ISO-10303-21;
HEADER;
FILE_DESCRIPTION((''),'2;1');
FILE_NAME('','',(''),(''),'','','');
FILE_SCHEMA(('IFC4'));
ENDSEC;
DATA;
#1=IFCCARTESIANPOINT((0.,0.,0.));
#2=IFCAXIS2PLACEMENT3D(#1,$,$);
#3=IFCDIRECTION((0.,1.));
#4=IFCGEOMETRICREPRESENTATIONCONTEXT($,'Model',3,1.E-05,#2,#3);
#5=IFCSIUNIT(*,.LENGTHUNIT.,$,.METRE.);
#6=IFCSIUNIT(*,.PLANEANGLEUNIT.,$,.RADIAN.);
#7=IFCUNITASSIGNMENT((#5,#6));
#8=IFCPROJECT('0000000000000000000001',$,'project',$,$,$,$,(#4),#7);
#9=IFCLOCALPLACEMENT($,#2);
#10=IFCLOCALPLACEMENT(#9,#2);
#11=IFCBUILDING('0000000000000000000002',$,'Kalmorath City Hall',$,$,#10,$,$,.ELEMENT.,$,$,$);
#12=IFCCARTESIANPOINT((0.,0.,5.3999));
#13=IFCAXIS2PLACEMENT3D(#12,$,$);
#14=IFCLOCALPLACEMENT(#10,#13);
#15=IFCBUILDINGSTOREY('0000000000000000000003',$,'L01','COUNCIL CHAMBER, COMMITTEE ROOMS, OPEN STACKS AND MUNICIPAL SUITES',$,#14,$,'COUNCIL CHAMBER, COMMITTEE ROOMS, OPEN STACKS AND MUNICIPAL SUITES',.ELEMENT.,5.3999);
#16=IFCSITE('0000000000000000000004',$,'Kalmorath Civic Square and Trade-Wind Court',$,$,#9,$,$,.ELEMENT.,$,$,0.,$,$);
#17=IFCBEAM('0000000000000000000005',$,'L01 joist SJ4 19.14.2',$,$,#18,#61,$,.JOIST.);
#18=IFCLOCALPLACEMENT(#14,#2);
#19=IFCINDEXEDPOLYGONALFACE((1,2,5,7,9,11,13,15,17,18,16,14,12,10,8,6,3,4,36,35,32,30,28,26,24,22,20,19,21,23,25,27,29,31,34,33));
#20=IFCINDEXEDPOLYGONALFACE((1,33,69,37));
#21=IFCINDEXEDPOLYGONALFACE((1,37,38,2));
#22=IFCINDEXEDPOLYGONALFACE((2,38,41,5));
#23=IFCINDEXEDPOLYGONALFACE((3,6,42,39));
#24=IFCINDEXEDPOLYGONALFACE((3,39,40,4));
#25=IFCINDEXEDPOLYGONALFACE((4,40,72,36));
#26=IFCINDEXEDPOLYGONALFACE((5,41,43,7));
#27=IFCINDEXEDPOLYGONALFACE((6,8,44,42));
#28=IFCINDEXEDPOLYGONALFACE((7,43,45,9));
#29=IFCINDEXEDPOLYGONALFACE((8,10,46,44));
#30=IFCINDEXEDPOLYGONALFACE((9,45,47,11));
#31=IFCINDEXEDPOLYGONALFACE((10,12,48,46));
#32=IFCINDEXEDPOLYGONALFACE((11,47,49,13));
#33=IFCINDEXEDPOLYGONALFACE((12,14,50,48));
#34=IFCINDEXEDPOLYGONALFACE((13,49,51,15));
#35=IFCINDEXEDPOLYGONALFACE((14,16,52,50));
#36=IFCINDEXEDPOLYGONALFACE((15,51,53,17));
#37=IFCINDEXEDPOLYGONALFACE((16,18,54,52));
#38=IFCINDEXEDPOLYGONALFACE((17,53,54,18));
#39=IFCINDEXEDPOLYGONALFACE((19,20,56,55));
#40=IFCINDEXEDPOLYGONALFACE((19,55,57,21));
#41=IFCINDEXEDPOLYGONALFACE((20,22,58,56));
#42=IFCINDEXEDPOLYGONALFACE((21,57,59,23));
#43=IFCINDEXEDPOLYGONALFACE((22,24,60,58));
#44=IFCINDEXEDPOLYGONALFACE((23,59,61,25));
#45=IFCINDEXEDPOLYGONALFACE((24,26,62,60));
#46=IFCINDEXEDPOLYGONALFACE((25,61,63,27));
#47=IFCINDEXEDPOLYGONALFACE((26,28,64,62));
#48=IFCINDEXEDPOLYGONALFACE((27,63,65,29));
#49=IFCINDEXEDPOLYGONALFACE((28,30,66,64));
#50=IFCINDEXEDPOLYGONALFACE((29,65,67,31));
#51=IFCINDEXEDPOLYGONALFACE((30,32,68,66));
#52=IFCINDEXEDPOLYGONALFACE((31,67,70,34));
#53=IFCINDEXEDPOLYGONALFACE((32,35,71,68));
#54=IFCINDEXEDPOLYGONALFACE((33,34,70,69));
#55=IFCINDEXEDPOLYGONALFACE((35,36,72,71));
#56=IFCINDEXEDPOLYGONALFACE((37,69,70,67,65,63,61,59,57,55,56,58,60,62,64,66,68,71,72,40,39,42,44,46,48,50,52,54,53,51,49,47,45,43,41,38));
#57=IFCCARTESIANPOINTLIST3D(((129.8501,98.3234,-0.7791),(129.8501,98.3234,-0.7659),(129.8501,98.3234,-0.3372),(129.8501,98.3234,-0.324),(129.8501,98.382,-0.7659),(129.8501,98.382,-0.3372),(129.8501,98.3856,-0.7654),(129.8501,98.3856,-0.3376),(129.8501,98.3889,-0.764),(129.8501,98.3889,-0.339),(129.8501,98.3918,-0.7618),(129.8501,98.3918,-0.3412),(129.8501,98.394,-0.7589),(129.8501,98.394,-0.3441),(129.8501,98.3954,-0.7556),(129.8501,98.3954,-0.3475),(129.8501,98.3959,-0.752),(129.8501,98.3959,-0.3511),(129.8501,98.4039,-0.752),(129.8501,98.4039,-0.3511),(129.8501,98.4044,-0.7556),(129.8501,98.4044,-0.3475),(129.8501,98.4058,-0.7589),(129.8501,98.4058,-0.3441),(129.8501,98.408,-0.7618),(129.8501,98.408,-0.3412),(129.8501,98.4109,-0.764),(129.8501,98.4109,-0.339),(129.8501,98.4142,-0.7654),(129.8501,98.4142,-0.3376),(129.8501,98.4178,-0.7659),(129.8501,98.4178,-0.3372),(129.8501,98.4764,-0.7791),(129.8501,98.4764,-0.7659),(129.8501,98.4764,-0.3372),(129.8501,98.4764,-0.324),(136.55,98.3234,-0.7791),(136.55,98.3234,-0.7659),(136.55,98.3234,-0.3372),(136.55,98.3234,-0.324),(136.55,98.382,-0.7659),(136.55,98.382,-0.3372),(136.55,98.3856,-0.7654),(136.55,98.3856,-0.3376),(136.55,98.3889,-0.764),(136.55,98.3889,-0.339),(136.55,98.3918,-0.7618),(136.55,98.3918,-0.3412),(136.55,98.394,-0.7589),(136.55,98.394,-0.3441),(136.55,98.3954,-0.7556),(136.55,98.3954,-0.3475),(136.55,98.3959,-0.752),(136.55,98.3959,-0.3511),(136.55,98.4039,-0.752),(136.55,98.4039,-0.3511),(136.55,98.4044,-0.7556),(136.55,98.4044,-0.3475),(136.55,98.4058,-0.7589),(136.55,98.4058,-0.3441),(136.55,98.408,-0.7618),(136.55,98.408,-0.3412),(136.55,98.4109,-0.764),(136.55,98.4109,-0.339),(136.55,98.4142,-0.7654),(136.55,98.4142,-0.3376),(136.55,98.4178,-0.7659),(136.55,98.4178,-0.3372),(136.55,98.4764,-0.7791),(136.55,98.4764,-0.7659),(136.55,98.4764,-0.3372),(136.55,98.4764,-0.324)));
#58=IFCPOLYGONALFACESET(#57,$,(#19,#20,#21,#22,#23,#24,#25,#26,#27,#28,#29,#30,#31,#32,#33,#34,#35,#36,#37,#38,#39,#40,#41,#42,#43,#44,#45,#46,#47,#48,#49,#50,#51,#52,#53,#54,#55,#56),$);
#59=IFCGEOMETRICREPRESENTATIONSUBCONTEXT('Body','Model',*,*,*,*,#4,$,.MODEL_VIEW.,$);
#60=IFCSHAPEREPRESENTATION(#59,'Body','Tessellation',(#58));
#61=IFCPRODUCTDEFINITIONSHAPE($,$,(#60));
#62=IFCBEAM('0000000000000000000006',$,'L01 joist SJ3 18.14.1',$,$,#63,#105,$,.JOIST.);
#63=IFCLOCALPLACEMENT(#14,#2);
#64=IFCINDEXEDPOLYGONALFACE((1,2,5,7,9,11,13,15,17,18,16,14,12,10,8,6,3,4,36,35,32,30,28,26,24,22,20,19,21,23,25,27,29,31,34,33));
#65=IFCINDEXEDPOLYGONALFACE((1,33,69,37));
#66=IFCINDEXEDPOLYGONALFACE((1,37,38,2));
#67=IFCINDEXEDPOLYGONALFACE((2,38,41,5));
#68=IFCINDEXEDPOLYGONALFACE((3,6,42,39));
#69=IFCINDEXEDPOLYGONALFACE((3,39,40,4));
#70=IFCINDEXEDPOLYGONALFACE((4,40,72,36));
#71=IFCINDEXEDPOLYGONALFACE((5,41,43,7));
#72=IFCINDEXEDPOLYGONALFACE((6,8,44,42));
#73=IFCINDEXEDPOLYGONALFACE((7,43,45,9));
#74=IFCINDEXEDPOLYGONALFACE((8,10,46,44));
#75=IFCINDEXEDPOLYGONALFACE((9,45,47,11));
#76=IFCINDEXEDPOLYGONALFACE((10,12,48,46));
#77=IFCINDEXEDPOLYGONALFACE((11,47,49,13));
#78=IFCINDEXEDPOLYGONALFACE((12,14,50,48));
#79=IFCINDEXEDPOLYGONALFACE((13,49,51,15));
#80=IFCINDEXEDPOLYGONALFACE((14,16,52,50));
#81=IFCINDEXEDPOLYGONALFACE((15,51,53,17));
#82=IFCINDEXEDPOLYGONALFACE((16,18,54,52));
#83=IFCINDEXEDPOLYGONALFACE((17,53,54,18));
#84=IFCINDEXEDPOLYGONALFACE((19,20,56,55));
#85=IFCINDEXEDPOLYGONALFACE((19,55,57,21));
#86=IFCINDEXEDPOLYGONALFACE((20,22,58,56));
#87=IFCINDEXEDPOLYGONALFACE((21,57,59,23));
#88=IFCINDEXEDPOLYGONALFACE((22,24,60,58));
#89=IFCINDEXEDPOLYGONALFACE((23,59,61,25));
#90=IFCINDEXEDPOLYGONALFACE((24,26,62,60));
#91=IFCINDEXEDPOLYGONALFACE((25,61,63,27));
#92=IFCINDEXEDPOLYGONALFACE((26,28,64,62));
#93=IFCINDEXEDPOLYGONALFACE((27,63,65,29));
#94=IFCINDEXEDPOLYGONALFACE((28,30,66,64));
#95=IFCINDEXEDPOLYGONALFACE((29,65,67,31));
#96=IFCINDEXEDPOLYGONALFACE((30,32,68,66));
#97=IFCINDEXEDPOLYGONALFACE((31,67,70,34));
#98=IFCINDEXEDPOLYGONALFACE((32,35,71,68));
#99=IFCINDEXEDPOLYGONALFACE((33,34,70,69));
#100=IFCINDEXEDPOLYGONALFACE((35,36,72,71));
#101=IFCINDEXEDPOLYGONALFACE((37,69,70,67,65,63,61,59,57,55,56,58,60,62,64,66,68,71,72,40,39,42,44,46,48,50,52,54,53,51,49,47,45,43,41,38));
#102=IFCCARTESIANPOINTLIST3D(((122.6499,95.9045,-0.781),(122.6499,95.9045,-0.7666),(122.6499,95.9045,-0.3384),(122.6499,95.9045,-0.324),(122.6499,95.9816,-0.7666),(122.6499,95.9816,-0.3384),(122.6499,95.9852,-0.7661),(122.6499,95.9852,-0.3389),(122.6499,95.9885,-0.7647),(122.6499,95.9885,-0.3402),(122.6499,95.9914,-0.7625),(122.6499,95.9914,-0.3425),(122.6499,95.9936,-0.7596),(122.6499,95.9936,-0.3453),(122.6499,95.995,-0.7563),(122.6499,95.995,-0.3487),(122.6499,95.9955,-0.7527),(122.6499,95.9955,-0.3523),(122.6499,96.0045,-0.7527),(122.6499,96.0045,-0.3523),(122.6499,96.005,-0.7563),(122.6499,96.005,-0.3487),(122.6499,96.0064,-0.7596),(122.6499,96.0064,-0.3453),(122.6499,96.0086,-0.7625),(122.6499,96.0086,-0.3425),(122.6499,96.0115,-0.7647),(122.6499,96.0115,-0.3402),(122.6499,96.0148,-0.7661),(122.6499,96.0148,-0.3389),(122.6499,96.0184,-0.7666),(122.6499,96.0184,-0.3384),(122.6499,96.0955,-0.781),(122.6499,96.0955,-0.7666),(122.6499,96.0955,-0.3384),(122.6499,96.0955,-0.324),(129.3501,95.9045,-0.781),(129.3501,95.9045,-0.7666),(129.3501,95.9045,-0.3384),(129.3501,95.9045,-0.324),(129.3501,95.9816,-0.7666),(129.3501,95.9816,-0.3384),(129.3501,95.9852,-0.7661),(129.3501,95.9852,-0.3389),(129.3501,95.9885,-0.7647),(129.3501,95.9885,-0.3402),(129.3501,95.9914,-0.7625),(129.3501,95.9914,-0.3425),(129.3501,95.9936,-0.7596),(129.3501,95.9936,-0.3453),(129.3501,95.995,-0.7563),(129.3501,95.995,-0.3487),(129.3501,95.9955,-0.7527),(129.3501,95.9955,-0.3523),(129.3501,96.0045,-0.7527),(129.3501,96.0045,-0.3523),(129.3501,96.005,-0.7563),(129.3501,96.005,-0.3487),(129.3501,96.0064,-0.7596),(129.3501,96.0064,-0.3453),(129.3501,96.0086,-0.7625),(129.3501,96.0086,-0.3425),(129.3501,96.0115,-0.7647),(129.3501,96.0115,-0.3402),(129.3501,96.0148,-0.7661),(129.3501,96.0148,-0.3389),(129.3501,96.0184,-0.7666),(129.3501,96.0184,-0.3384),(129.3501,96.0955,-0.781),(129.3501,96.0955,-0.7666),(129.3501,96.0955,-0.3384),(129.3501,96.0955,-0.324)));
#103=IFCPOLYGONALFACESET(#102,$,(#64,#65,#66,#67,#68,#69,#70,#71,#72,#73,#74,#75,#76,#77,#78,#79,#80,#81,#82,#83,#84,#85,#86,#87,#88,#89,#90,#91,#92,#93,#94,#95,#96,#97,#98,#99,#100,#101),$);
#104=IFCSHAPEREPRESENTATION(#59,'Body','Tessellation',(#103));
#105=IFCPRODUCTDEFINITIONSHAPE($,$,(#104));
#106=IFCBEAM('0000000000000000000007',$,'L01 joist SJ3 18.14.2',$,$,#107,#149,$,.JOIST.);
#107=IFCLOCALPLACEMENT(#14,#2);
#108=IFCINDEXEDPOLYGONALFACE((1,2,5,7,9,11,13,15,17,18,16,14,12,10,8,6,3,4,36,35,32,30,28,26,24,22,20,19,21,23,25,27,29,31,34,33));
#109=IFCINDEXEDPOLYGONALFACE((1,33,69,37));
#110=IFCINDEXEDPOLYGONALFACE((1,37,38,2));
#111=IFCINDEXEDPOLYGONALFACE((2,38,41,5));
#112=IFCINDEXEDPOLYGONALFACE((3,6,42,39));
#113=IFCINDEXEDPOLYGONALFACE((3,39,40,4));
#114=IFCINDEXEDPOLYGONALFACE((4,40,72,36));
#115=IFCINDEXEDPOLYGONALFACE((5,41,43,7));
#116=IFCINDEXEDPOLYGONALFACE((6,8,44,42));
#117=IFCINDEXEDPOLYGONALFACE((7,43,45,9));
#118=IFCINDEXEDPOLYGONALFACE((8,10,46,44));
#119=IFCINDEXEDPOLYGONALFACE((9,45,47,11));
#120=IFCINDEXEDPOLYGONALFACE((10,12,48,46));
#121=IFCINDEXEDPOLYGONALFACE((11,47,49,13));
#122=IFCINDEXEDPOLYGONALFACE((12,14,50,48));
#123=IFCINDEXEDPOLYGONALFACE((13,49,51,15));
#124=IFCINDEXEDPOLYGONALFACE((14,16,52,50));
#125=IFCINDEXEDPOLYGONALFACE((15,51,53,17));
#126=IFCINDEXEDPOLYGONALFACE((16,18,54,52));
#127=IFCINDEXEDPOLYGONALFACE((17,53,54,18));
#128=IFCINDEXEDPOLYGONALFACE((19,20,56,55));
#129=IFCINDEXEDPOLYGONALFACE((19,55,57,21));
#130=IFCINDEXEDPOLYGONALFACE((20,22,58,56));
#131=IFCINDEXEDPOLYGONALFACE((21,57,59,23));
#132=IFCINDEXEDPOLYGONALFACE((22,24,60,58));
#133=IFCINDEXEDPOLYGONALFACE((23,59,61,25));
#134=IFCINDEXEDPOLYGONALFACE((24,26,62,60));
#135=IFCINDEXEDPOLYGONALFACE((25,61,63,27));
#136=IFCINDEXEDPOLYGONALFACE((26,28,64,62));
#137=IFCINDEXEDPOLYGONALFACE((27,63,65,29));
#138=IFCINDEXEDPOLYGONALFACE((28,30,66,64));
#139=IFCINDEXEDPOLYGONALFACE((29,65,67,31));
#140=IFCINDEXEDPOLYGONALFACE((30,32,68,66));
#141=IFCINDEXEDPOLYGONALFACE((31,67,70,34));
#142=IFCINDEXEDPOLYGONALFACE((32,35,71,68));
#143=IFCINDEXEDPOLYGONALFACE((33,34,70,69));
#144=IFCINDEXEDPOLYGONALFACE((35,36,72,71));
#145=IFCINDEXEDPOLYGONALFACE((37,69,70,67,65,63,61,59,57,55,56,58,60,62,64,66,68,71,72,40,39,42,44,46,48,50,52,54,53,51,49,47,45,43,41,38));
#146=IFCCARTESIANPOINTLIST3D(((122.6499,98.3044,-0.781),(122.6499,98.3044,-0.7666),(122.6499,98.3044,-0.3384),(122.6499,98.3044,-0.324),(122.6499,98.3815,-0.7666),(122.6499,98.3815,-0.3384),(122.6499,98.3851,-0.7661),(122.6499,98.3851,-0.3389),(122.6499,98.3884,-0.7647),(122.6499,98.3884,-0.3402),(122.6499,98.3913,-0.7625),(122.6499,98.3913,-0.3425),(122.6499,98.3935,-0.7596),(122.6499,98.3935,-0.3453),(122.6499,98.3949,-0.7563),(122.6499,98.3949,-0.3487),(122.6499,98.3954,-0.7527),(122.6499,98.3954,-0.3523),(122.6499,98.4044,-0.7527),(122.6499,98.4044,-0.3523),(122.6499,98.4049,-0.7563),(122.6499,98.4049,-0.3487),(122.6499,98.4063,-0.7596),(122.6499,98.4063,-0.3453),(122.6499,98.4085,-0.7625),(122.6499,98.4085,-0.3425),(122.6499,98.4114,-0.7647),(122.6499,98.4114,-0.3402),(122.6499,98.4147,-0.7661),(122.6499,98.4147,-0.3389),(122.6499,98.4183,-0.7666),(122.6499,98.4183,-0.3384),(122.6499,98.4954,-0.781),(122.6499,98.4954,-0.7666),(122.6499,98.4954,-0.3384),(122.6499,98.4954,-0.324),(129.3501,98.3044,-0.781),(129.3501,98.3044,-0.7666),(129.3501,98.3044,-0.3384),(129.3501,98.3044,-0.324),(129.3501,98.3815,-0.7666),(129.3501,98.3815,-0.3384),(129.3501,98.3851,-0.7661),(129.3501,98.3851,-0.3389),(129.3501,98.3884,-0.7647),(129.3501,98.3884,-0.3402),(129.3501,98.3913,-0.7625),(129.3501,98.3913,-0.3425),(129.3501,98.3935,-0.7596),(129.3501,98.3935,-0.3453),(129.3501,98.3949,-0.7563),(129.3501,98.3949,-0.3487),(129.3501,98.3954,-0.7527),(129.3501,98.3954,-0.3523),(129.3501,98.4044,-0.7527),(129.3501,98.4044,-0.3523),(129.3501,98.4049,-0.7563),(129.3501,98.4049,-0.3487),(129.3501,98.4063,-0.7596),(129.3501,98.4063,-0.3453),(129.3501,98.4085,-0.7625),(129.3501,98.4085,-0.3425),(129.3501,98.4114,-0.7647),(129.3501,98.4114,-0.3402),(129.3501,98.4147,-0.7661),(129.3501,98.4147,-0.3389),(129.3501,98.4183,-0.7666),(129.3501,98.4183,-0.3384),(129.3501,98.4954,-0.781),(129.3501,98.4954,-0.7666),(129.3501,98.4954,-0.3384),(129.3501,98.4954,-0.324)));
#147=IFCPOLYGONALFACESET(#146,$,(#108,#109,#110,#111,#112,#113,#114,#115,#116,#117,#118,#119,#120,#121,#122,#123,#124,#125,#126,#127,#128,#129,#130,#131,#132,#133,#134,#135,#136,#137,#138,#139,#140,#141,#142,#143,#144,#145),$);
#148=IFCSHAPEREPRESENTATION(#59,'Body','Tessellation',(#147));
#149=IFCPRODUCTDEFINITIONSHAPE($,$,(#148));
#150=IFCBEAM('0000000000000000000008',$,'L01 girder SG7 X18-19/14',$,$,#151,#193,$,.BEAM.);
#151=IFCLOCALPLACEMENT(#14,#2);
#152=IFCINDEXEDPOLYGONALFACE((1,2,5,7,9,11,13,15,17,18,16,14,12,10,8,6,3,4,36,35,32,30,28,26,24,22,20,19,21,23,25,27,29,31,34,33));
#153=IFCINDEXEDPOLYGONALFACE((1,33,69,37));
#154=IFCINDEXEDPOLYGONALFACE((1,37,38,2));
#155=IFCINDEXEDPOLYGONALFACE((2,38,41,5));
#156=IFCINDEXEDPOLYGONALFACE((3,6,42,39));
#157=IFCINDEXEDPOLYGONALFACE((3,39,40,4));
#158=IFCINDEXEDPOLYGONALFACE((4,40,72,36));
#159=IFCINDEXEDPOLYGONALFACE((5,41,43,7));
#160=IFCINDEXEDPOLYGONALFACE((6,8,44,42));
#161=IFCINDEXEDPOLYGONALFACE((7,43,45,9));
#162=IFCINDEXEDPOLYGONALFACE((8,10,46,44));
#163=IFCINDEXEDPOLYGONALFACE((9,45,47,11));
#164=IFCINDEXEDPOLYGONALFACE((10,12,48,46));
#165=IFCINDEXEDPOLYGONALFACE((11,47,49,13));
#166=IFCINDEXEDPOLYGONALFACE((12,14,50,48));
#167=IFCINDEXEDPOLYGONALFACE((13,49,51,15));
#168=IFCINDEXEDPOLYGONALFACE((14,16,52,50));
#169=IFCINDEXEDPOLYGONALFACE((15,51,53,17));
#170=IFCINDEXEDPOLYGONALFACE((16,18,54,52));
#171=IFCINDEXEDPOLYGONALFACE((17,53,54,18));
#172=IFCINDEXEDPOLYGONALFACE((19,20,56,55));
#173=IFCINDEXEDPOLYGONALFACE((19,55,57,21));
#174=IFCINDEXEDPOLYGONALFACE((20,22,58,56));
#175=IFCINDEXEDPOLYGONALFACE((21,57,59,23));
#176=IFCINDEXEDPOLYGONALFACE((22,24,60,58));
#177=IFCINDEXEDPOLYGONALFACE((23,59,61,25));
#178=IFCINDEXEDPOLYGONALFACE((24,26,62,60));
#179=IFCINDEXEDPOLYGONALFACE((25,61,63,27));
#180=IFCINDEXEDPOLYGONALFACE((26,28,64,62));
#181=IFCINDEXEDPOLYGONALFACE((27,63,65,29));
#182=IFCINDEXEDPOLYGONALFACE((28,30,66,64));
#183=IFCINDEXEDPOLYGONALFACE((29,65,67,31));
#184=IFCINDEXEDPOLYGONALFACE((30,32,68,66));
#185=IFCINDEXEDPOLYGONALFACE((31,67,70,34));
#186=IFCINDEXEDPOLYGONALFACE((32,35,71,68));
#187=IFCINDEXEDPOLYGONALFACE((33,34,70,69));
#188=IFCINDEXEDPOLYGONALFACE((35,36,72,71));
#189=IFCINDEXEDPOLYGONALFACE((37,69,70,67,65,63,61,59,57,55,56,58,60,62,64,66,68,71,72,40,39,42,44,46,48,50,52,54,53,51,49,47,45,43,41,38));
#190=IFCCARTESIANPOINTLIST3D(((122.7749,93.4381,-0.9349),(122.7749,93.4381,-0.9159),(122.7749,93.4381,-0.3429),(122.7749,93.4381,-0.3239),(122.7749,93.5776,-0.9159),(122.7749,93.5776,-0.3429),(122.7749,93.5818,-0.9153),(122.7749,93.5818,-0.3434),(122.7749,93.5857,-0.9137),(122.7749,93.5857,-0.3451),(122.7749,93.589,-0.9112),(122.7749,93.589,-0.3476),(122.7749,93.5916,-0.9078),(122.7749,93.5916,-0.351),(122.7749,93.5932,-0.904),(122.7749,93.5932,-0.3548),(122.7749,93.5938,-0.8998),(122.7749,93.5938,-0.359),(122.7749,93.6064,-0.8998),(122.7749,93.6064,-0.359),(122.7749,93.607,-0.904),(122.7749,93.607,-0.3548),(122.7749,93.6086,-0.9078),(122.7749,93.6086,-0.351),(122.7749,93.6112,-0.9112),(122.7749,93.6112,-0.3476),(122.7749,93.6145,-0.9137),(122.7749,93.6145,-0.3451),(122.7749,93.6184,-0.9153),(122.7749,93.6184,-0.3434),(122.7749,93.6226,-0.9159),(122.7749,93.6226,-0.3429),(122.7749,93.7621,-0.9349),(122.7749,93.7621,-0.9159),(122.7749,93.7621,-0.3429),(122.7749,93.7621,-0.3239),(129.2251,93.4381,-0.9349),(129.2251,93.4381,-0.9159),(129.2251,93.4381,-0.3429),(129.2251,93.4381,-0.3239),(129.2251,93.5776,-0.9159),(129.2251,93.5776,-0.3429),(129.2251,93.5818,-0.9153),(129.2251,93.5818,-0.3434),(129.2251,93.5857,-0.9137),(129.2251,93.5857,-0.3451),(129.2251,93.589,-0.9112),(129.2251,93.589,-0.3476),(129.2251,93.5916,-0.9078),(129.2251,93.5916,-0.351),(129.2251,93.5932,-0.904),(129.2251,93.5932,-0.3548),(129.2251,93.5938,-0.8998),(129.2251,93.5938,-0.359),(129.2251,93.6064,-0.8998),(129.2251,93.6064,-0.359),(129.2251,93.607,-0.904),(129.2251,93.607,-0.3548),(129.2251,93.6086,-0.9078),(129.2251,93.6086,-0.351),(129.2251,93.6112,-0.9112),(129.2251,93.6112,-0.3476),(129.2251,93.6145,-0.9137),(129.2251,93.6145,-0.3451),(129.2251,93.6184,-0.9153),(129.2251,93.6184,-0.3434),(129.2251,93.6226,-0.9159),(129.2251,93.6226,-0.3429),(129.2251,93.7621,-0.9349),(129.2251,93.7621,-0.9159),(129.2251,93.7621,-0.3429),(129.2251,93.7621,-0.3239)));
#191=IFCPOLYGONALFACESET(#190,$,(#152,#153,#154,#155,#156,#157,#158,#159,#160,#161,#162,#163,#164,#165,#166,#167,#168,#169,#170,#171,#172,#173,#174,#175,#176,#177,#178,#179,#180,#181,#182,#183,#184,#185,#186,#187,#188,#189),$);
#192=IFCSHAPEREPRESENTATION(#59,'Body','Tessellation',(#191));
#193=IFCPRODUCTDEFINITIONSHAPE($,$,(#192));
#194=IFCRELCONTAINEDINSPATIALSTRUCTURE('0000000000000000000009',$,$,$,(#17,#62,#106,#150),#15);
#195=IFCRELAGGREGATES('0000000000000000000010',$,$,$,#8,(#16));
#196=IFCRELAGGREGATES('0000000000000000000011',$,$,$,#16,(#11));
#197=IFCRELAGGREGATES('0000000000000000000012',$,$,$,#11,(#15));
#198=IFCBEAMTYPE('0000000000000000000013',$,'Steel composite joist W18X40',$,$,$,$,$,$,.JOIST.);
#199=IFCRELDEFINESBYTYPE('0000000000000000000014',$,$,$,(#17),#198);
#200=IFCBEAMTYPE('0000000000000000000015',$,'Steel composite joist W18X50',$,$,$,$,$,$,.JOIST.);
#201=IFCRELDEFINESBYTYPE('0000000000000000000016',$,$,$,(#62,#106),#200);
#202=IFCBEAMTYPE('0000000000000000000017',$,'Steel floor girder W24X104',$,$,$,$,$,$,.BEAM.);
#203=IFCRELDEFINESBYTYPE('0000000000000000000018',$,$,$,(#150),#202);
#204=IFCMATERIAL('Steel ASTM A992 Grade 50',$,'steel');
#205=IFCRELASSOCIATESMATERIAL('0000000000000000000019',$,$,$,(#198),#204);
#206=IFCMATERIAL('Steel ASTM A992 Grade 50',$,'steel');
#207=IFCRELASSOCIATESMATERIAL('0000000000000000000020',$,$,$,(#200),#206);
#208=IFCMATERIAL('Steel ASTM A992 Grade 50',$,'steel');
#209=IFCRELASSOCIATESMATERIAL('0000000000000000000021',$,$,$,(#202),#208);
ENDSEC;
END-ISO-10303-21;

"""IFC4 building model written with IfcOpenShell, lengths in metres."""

from ifc_helpers import new_model, si_unit, direction, frame, origin, origin_2d, place, context, subcontext, project, spatial, i_section, extrude, material, material_profile, profile_set, type_object, element, save


model = new_model("IFC4")

# Units and contexts
model_context = context("Model", 3, precision=1e-05, world=origin(), true_north=direction((0.0, 1.0)))
body_context = subcontext(model_context, "Body", "Model", "MODEL_VIEW")
ifc_project = project(units=[si_unit("LENGTHUNIT", "METRE"), si_unit("PLANEANGLEUNIT", "RADIAN")], contexts=[model_context])

# Site, building, storey
site_placement = place(None, origin())
site = spatial("IfcSite", under=ifc_project, at=site_placement, Name="Kalmorath Civic Square and Trade-Wind Court", CompositionType="ELEMENT", RefElevation=0.0)
building_placement = place(site_placement, origin())
building = spatial("IfcBuilding", under=site, at=building_placement, Name="Kalmorath City Hall", CompositionType="ELEMENT")
storey_placement = place(building_placement, frame((0.0, 0.0, 5.3999)))
storey = spatial("IfcBuildingStorey", under=building, at=storey_placement, Name="L01", Description="COUNCIL CHAMBER, COMMITTEE ROOMS, OPEN STACKS AND MUNICIPAL SUITES", LongName="COUNCIL CHAMBER, COMMITTEE ROOMS, OPEN STACKS AND MUNICIPAL SUITES", CompositionType="ELEMENT", Elevation=5.3999)

# Beams
ifc_material_1 = material(Name="Steel ASTM A992 Grade 50", Category="steel")
ifc_material_profile_1 = material_profile(ifc_material_1, i_section(OverallWidth=0.1531, OverallDepth=0.4551, WebThickness=0.0081, FlangeThickness=0.0132, FilletRadius=0.0139, at=origin_2d()), Name="W18X40")
ifc_profile_set_1 = profile_set([ifc_material_profile_1], Name="Steel ASTM A992 Grade 50")
beam_type_1 = type_object("IfcBeamType", Name="Steel composite joist W18X40", PredefinedType="JOIST", material=ifc_profile_set_1)
for number, where, z_axis, x_axis, name in (
    (1, (129.8501, 98.3999, -0.5515), (1.0, 0.0, 0.0), (0.0, 1.0, 0.0), "L01 joist SJ4 19.14.2"),
):
    element("IfcBeam", number, at=place(storey_placement, frame(where, z_axis=z_axis, x_axis=x_axis)), inside=storey, type_object=beam_type_1, Name=name, PredefinedType="JOIST", context=body_context, shape_type="SweptSolid", body=[
        extrude(i_section(OverallWidth=0.1531, OverallDepth=0.4551, WebThickness=0.0081, FlangeThickness=0.0132, FilletRadius=0.0139, at=origin_2d()), origin(), (0.0, 0.0, 1.0), 6.7),
    ])
ifc_material_2 = material(Name="Steel ASTM A992 Grade 50", Category="steel")
ifc_material_profile_2 = material_profile(ifc_material_2, i_section(OverallWidth=0.1909, OverallDepth=0.457, WebThickness=0.009, FlangeThickness=0.0144, FilletRadius=0.0139, at=origin_2d()), Name="W18X50")
ifc_profile_set_2 = profile_set([ifc_material_profile_2], Name="Steel ASTM A992 Grade 50")
beam_type_2 = type_object("IfcBeamType", Name="Steel composite joist W18X50", PredefinedType="JOIST", material=ifc_profile_set_2)
for number, where, z_axis, x_axis, name in (
    (2, (122.6499, 96.0, -0.5525), (1.0, 0.0, 0.0), (0.0, 1.0, 0.0), "L01 joist SJ3 18.14.1"),
    (3, (122.6499, 98.3999, -0.5525), (1.0, 0.0, 0.0), (0.0, 1.0, 0.0), "L01 joist SJ3 18.14.2"),
):
    element("IfcBeam", number, at=place(storey_placement, frame(where, z_axis=z_axis, x_axis=x_axis)), inside=storey, type_object=beam_type_2, Name=name, PredefinedType="JOIST", context=body_context, shape_type="SweptSolid", body=[
        extrude(i_section(OverallWidth=0.1909, OverallDepth=0.457, WebThickness=0.009, FlangeThickness=0.0144, FilletRadius=0.0139, at=origin_2d()), origin(), (0.0, 0.0, 1.0), 6.7002),
    ])
ifc_material_3 = material(Name="Steel ASTM A992 Grade 50", Category="steel")
ifc_material_profile_3 = material_profile(ifc_material_3, i_section(OverallWidth=0.324, OverallDepth=0.6111, WebThickness=0.0127, FlangeThickness=0.019, FilletRadius=0.0161, at=origin_2d()), Name="W24X104")
ifc_profile_set_3 = profile_set([ifc_material_profile_3], Name="Steel ASTM A992 Grade 50")
beam_type_3 = type_object("IfcBeamType", Name="Steel floor girder W24X104", PredefinedType="BEAM", material=ifc_profile_set_3)
beam_1_placement = place(storey_placement, frame((122.7749, 93.6001, -0.6294), z_axis=(1.0, 0.0, 0.0), x_axis=(0.0, 1.0, 0.0)))
element("IfcBeam", 4, at=beam_1_placement, inside=storey, type_object=beam_type_3, Name="L01 girder SG7 X18-19/14", PredefinedType="BEAM", context=body_context, shape_type="SweptSolid", body=[
    extrude(i_section(OverallWidth=0.324, OverallDepth=0.6111, WebThickness=0.0127, FlangeThickness=0.019, FilletRadius=0.0161, at=origin_2d()), origin(), (0.0, 0.0, 1.0), 6.4502),
])

save(model, "model.ifc")
